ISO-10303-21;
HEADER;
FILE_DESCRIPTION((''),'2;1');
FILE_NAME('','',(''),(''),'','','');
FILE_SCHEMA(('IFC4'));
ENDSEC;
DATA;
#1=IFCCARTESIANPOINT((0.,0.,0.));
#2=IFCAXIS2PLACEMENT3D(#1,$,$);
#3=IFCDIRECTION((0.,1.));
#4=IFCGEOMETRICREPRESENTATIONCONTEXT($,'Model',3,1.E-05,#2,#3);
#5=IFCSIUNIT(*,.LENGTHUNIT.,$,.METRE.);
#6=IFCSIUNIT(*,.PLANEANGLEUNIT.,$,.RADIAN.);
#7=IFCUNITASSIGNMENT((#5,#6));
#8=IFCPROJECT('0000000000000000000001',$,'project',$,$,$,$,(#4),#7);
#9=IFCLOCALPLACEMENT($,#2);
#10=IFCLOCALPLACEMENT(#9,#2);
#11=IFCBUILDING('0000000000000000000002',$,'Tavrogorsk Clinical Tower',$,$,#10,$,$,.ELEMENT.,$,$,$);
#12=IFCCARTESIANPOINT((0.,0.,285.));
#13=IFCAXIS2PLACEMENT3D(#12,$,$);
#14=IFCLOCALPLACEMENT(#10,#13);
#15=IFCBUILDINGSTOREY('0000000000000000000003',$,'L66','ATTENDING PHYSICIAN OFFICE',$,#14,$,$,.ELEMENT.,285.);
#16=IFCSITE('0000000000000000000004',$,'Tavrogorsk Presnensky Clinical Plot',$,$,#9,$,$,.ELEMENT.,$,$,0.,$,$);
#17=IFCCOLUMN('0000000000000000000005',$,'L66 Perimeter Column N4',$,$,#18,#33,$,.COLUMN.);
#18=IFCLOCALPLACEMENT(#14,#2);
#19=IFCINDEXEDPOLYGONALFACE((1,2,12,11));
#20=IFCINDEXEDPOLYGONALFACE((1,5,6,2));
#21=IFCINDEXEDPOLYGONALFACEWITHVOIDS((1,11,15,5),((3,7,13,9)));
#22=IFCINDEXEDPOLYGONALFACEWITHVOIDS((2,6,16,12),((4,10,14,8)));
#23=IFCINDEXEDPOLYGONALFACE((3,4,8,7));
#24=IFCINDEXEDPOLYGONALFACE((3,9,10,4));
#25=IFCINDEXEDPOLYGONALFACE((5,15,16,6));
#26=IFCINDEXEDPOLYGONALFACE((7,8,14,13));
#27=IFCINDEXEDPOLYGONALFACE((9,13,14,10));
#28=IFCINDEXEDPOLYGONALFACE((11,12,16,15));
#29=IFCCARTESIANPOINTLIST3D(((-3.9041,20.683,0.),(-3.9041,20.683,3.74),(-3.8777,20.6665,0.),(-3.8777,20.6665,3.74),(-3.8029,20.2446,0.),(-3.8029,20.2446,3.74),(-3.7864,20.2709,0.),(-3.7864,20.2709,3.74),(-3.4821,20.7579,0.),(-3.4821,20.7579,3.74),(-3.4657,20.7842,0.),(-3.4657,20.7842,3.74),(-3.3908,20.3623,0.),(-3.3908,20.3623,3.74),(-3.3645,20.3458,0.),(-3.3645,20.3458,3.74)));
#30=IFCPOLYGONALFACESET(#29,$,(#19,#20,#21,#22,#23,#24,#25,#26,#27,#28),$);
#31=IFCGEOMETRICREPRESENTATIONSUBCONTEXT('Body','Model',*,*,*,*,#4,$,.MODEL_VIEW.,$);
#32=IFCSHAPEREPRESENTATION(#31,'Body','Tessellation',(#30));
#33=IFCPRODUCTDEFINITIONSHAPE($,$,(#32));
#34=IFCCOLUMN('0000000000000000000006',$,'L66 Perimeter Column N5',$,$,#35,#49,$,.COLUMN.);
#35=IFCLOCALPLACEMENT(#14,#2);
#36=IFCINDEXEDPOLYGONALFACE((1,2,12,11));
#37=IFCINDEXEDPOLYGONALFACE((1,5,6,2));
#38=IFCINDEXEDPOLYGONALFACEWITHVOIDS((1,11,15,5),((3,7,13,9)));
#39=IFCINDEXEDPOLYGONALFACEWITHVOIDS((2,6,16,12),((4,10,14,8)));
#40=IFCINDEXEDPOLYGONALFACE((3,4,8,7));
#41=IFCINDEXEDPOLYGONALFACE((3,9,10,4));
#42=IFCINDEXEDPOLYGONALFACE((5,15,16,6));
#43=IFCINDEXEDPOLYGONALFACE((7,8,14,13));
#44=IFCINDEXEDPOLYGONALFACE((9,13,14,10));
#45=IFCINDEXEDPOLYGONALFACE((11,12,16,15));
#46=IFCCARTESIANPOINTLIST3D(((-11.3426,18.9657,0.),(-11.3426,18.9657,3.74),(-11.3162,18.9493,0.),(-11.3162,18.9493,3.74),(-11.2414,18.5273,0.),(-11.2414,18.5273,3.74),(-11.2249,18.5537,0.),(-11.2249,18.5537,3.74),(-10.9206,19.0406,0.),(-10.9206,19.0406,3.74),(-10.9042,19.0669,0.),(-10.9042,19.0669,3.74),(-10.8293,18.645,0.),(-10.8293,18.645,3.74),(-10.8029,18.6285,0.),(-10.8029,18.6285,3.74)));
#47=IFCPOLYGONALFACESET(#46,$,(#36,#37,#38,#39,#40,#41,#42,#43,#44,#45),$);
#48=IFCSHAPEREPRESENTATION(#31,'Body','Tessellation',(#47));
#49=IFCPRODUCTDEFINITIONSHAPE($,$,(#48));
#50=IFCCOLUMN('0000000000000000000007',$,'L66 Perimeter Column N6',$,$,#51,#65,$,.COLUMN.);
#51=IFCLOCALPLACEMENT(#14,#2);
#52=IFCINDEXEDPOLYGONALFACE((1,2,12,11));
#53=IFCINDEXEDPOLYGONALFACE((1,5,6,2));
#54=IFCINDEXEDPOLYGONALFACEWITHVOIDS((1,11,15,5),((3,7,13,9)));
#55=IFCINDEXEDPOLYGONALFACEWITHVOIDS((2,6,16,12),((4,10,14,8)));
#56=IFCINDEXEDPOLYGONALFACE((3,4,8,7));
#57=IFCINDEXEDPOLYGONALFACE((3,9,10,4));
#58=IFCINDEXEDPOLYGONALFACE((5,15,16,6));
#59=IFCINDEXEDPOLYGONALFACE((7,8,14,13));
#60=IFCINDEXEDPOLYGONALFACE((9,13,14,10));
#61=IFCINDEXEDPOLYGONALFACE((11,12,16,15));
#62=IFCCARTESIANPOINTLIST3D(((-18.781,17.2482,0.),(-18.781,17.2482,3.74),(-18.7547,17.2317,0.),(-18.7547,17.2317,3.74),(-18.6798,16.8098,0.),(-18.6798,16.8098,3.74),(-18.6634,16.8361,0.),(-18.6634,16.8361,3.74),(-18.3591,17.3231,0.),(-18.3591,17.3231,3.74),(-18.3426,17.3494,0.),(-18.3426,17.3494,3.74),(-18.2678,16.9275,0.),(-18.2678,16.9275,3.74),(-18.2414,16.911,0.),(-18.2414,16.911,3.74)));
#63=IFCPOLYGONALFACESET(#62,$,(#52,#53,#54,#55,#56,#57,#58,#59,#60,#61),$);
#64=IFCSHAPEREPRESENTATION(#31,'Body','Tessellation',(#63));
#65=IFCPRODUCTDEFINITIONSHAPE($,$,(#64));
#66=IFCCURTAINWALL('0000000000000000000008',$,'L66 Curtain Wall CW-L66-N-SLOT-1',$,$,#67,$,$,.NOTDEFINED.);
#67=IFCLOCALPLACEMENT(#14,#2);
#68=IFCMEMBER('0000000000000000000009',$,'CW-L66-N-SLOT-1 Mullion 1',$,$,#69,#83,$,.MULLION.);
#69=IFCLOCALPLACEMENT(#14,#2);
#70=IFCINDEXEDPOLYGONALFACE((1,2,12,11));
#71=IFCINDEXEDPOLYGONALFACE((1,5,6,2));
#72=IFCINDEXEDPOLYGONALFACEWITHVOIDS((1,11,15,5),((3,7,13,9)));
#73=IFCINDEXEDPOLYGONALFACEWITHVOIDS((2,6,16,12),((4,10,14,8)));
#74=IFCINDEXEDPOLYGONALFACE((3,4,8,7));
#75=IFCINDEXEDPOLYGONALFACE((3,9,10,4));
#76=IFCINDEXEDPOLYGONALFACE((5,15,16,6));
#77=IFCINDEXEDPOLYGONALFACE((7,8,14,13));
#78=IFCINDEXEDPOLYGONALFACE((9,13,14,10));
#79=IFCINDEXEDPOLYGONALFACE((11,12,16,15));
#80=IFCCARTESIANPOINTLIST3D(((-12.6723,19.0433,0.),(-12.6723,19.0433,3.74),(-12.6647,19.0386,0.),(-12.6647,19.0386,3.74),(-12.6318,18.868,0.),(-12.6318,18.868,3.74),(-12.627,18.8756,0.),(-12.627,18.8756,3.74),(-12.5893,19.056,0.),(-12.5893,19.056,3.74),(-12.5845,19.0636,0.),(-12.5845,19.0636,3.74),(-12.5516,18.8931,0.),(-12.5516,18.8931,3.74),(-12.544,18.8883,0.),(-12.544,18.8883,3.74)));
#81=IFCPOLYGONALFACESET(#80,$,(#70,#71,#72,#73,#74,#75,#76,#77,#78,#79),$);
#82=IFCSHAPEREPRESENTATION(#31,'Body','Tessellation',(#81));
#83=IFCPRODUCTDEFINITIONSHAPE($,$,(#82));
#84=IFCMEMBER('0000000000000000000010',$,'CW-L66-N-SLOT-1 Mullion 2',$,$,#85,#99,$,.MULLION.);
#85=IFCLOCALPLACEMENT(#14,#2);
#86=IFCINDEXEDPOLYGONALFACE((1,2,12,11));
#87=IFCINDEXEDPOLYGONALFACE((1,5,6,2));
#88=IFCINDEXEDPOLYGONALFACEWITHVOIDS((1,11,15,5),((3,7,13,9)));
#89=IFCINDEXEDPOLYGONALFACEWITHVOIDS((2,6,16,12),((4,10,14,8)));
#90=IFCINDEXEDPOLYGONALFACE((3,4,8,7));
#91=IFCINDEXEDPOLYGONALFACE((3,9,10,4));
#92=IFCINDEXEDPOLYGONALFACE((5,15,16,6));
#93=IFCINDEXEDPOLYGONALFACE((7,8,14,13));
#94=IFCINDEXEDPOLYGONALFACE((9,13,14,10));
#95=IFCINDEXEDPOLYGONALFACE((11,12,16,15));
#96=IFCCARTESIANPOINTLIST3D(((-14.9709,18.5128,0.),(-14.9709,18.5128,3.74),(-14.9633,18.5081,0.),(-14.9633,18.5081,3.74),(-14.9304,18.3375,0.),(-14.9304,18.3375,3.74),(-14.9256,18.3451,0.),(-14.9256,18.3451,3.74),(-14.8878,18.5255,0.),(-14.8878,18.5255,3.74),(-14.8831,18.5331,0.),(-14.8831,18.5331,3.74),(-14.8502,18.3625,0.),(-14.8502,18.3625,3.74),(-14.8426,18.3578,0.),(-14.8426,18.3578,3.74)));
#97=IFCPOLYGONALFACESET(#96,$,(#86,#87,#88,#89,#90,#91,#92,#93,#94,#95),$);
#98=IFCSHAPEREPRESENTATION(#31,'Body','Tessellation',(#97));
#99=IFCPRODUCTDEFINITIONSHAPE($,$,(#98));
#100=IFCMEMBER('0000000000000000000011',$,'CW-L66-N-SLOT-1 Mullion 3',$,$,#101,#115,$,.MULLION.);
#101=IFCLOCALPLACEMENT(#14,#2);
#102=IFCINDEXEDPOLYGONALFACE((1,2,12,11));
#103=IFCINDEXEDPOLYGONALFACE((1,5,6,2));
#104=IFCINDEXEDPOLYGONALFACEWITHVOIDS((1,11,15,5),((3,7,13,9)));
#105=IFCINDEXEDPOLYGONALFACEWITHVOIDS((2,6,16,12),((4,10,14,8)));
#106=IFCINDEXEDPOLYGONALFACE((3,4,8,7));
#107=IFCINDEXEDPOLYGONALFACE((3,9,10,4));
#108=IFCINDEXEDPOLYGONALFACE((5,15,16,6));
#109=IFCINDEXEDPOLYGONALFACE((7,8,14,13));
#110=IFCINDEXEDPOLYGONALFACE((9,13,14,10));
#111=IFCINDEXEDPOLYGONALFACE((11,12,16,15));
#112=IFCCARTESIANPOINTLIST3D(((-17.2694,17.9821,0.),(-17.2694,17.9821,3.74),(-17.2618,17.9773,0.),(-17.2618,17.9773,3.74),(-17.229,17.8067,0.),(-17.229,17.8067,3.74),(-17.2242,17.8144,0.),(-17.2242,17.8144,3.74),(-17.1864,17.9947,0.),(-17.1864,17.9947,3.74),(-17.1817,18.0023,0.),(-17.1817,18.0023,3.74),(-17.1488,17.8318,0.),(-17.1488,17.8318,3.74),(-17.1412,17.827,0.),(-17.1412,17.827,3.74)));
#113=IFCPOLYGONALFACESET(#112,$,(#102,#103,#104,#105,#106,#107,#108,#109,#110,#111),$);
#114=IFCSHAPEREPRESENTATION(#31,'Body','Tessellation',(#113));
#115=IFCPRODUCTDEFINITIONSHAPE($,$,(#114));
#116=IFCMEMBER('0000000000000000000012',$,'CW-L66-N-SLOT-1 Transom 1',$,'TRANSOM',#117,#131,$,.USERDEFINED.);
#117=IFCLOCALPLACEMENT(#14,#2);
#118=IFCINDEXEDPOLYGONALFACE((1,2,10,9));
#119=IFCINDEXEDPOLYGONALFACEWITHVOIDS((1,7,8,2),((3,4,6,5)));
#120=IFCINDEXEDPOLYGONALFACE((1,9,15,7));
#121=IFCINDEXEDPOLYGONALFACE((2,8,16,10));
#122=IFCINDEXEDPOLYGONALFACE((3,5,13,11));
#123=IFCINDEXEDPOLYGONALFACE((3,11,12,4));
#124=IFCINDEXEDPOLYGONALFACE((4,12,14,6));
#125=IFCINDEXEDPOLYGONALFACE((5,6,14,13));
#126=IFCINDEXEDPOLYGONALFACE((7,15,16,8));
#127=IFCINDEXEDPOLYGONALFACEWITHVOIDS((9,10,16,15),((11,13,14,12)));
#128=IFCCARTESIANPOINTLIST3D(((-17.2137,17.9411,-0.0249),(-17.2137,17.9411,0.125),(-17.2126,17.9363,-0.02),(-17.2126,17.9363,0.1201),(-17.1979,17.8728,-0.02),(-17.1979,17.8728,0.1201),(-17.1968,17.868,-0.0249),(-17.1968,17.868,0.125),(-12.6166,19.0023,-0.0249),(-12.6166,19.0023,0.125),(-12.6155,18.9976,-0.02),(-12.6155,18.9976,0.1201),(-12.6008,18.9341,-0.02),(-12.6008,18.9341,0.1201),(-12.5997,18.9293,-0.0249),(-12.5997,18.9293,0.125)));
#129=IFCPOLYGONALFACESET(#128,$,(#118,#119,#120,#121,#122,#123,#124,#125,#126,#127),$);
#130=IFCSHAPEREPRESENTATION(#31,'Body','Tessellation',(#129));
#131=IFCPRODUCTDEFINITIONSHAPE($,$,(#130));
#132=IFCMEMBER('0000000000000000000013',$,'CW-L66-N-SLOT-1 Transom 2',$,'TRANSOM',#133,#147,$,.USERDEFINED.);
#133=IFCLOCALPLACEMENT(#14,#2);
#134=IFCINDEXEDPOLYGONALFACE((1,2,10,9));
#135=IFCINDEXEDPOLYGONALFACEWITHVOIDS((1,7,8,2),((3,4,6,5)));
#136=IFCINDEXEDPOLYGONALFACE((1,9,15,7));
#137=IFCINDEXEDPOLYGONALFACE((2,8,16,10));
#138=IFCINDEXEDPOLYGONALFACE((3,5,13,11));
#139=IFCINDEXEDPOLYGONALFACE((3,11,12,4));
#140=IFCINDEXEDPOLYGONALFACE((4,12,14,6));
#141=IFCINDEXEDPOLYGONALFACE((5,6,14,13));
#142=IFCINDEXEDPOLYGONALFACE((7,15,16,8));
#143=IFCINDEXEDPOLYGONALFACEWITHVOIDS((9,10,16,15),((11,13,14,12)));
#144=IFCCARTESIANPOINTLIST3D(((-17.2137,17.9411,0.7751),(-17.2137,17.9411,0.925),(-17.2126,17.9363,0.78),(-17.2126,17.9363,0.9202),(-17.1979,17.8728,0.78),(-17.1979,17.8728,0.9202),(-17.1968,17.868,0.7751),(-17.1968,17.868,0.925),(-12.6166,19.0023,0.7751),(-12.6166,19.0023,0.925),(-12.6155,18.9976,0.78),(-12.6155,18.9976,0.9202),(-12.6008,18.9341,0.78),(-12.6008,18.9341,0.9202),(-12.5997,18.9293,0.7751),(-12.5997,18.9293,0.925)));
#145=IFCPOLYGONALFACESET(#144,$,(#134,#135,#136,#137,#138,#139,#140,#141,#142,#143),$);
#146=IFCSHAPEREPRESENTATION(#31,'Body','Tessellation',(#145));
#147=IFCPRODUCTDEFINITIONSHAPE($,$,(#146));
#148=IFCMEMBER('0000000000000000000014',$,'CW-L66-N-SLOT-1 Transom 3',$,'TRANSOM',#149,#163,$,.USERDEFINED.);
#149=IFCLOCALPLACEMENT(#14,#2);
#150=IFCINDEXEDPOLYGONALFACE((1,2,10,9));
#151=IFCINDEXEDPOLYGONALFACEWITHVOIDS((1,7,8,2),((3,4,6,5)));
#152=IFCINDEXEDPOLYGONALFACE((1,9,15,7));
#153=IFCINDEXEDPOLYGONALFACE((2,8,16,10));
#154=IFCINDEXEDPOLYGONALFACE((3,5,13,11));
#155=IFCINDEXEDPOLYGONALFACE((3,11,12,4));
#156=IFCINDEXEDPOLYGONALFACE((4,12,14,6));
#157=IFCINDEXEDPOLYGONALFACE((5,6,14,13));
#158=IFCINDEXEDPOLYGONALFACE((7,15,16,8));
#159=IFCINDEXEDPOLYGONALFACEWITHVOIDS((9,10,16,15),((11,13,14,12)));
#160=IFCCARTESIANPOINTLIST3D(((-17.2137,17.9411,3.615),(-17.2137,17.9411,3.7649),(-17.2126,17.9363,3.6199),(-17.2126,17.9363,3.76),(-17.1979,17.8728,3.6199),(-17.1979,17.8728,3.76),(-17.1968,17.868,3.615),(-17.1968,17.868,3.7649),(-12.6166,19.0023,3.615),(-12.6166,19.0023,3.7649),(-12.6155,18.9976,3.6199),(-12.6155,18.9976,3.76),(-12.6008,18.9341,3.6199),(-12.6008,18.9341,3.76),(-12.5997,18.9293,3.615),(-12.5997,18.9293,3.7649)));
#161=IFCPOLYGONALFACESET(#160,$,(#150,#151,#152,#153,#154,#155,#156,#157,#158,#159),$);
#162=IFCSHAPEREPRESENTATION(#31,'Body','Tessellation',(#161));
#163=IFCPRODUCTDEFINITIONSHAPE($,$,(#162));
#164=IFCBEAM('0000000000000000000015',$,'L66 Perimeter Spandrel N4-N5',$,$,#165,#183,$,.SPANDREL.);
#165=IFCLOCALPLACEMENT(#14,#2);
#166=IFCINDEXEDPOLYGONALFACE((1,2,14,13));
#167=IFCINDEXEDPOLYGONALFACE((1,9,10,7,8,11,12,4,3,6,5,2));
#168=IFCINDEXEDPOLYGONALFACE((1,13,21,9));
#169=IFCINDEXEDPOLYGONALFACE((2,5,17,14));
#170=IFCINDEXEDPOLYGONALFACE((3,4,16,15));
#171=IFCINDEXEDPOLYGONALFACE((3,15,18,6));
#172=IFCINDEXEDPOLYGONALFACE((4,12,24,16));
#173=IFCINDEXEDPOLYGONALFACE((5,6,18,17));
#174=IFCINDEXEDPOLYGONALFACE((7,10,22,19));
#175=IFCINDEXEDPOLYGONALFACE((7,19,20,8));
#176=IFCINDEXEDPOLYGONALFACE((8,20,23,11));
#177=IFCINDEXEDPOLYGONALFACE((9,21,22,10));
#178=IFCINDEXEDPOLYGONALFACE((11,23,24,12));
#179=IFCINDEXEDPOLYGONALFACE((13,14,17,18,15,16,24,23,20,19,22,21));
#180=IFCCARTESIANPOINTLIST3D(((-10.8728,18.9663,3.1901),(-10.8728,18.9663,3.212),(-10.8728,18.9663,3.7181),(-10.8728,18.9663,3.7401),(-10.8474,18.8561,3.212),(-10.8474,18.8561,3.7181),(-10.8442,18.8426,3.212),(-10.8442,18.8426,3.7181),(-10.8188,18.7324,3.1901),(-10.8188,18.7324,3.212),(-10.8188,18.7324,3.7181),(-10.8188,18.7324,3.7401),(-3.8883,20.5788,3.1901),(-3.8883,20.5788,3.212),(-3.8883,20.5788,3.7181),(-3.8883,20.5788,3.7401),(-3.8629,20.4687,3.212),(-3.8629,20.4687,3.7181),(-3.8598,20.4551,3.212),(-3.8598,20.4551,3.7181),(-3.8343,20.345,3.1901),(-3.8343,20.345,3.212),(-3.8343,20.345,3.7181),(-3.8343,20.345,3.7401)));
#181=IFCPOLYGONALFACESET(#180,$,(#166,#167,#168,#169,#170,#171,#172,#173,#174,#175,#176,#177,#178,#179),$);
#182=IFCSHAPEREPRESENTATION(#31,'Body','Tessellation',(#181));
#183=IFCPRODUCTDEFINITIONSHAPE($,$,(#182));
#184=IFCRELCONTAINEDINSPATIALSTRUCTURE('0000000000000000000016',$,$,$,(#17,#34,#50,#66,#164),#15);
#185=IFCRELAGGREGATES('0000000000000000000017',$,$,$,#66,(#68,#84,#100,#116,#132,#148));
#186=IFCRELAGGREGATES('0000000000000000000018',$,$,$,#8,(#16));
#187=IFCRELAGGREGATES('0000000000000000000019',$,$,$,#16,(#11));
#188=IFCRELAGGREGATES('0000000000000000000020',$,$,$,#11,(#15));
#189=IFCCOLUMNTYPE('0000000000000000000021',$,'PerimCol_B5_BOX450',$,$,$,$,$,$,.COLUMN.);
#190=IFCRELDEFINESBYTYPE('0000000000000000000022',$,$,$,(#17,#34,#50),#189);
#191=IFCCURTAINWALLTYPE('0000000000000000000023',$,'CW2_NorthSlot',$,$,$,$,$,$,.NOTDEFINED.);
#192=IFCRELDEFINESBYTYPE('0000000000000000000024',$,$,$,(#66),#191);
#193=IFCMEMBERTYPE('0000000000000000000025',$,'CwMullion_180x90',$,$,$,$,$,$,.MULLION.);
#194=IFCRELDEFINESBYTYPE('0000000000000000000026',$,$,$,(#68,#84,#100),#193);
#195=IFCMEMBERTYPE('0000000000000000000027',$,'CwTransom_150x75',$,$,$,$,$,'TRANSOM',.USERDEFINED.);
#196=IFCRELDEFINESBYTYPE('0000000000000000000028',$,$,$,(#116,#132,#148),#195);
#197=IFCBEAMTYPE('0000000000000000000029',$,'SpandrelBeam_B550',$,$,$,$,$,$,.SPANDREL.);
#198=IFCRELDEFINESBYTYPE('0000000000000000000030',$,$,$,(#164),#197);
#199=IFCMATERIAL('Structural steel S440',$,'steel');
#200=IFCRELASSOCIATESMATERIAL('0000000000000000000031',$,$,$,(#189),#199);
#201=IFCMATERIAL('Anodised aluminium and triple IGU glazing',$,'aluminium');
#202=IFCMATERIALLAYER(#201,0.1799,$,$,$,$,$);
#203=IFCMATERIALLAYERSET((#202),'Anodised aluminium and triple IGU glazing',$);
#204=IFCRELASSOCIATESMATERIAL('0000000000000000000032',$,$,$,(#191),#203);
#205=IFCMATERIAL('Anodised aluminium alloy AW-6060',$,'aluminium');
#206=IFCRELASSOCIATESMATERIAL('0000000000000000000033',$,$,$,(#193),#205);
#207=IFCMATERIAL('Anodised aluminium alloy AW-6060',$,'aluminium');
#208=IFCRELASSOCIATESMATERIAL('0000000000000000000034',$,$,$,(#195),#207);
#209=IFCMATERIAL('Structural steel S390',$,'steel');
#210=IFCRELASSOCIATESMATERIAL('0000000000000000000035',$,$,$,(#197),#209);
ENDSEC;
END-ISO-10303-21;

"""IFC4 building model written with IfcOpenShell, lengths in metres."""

from ifc_helpers import new_model, si_unit, direction, frame, origin, origin_2d, place, context, subcontext, project, spatial, hollow_rectangle, i_section, extrude, material, layer, layer_set, material_profile, profile_set, type_object, element, aggregate, save


model = new_model("IFC4")

# Units and contexts
model_context = context("Model", 3, precision=1e-05, world=origin(), true_north=direction((0.0, 1.0)))
body_context = subcontext(model_context, "Body", "Model", "MODEL_VIEW")
ifc_project = project(units=[si_unit("LENGTHUNIT", "METRE"), si_unit("PLANEANGLEUNIT", "RADIAN")], contexts=[model_context])

# Site, building, storey
site_placement = place(None, origin())
site = spatial("IfcSite", under=ifc_project, at=site_placement, Name="Tavrogorsk Presnensky Clinical Plot", CompositionType="ELEMENT", RefElevation=0.0)
building_placement = place(site_placement, origin())
building = spatial("IfcBuilding", under=site, at=building_placement, Name="Tavrogorsk Clinical Tower", CompositionType="ELEMENT")
storey_placement = place(building_placement, frame((0.0, 0.0, 285.0)))
storey = spatial("IfcBuildingStorey", under=building, at=storey_placement, Name="L66", Description="ATTENDING PHYSICIAN OFFICE", CompositionType="ELEMENT", Elevation=285.0)

# Columns
ifc_material_1 = material(Name="Structural steel S440", Category="steel")
ifc_material_profile_1 = material_profile(ifc_material_1, hollow_rectangle(XDim=0.45, YDim=0.45, WallThickness=0.022, at=origin_2d()), Name="BOX-450x450x22")
ifc_profile_set_1 = profile_set([ifc_material_profile_1], Name="Structural steel S440")
column_type = type_object("IfcColumnType", Name="PerimCol_B5_BOX450", PredefinedType="COLUMN", material=ifc_profile_set_1)
for number, where, z_axis, x_axis, name in (
    (1, (-3.6343, 20.5144, 0.0), (0.0, 0.0, 1.0), (0.97437, 0.224951, 0.0), "L66 Perimeter Column N4"),
    (2, (-11.0728, 18.7971, 0.0), (0.0, 0.0, 1.0), (0.97437, 0.224951, 0.0), "L66 Perimeter Column N5"),
    (3, (-18.5112, 17.0796, 0.0), (0.0, 0.0, 1.0), (0.97437, 0.224951, 0.0), "L66 Perimeter Column N6"),
):
    element("IfcColumn", number, at=place(storey_placement, frame(where, z_axis=z_axis, x_axis=x_axis)), inside=storey, type_object=column_type, Name=name, PredefinedType="COLUMN", context=body_context, shape_type="SweptSolid", body=[
        extrude(hollow_rectangle(XDim=0.45, YDim=0.45, WallThickness=0.022, at=origin_2d()), origin(), (0.0, 0.0, 1.0), 3.74),
    ])

# Curtain wall, members
ifc_material_2 = material(Name="Anodised aluminium and triple IGU glazing", Category="aluminium")
ifc_layer_1 = layer(ifc_material_2, 0.1799)
ifc_layer_set_1 = layer_set([ifc_layer_1], Name="Anodised aluminium and triple IGU glazing")
curtain_wall_type = type_object("IfcCurtainWallType", Name="CW2_NorthSlot", PredefinedType="NOTDEFINED", material=ifc_layer_set_1)
curtain_wall_placement = place(storey_placement, origin())
curtain_wall = element("IfcCurtainWall", 4, at=curtain_wall_placement, inside=storey, type_object=curtain_wall_type, Name="L66 Curtain Wall CW-L66-N-SLOT-1", PredefinedType="NOTDEFINED")
ifc_material_3 = material(Name="Anodised aluminium alloy AW-6060", Category="aluminium")
ifc_material_profile_2 = material_profile(ifc_material_3, hollow_rectangle(XDim=0.0901, YDim=0.1799, WallThickness=0.0063, at=origin_2d()), Name="RHS-180x90x6.3")
ifc_profile_set_2 = profile_set([ifc_material_profile_2], Name="Anodised aluminium alloy AW-6060")
member_type_1 = type_object("IfcMemberType", Name="CwMullion_180x90", PredefinedType="MULLION", material=ifc_profile_set_2)
member_1_placement = place(storey_placement, frame((-12.6082, 18.9658, 0.0), z_axis=(0.0, 0.0, 1.0), x_axis=(-0.97437, -0.224951, 0.0)))
member_1 = element("IfcMember", 5, at=member_1_placement, type_object=member_type_1, Name="CW-L66-N-SLOT-1 Mullion 1", PredefinedType="MULLION", context=body_context, shape_type="SweptSolid", body=[
    extrude(hollow_rectangle(XDim=0.0901, YDim=0.1799, WallThickness=0.0063, at=origin_2d()), origin(), (0.0, 0.0, 1.0), 3.74),
])
member_2_placement = place(storey_placement, frame((-14.9067, 18.4353, 0.0), z_axis=(0.0, 0.0, 1.0), x_axis=(-0.97437, -0.224951, 0.0)))
member_2 = element("IfcMember", 6, at=member_2_placement, type_object=member_type_1, Name="CW-L66-N-SLOT-1 Mullion 2", PredefinedType="MULLION", context=body_context, shape_type="SweptSolid", body=[
    extrude(hollow_rectangle(XDim=0.0901, YDim=0.1799, WallThickness=0.0063, at=origin_2d()), origin(), (0.0, 0.0, 1.0), 3.74),
])
member_3_placement = place(storey_placement, frame((-17.2053, 17.9045, 0.0), z_axis=(0.0, 0.0, 1.0), x_axis=(-0.97437, -0.224951, 0.0)))
member_3 = element("IfcMember", 7, at=member_3_placement, type_object=member_type_1, Name="CW-L66-N-SLOT-1 Mullion 3", PredefinedType="MULLION", context=body_context, shape_type="SweptSolid", body=[
    extrude(hollow_rectangle(XDim=0.0901, YDim=0.1799, WallThickness=0.0063, at=origin_2d()), origin(), (0.0, 0.0, 1.0), 3.74),
])
ifc_material_4 = material(Name="Anodised aluminium alloy AW-6060", Category="aluminium")
ifc_material_profile_3 = material_profile(ifc_material_4, hollow_rectangle(XDim=0.075, YDim=0.1499, WallThickness=0.0049, at=origin_2d()), Name="RHS-150x75x5")
ifc_profile_set_3 = profile_set([ifc_material_profile_3], Name="Anodised aluminium alloy AW-6060")
member_type_2 = type_object("IfcMemberType", Name="CwTransom_150x75", ElementType="TRANSOM", PredefinedType="USERDEFINED", material=ifc_profile_set_3)
member_4_placement = place(storey_placement, frame((-12.6082, 18.9658, 0.05), z_axis=(-0.974373, -0.224939, 0.0), x_axis=(0.224939, -0.974373, 0.0)))
member_4 = element("IfcMember", 8, at=member_4_placement, type_object=member_type_2, Name="CW-L66-N-SLOT-1 Transom 1", ObjectType="TRANSOM", PredefinedType="USERDEFINED", context=body_context, shape_type="SweptSolid", body=[
    extrude(hollow_rectangle(XDim=0.075, YDim=0.1499, WallThickness=0.0049, at=origin_2d()), origin(), (0.0, 0.0, 1.0), 4.718),
])
member_5_placement = place(storey_placement, frame((-12.6082, 18.9658, 0.8501), z_axis=(-0.974373, -0.224939, 0.0), x_axis=(0.224939, -0.974373, 0.0)))
member_5 = element("IfcMember", 9, at=member_5_placement, type_object=member_type_2, Name="CW-L66-N-SLOT-1 Transom 2", ObjectType="TRANSOM", PredefinedType="USERDEFINED", context=body_context, shape_type="SweptSolid", body=[
    extrude(hollow_rectangle(XDim=0.075, YDim=0.1499, WallThickness=0.0049, at=origin_2d()), origin(), (0.0, 0.0, 1.0), 4.718),
])
member_6_placement = place(storey_placement, frame((-12.6082, 18.9658, 3.6899), z_axis=(-0.974373, -0.224939, 0.0), x_axis=(0.224939, -0.974373, 0.0)))
member_6 = element("IfcMember", 10, at=member_6_placement, type_object=member_type_2, Name="CW-L66-N-SLOT-1 Transom 3", ObjectType="TRANSOM", PredefinedType="USERDEFINED", context=body_context, shape_type="SweptSolid", body=[
    extrude(hollow_rectangle(XDim=0.075, YDim=0.1499, WallThickness=0.0049, at=origin_2d()), origin(), (0.0, 0.0, 1.0), 4.718),
])

# Beam
ifc_material_5 = material(Name="Structural steel S390", Category="steel")
ifc_material_profile_4 = material_profile(ifc_material_5, i_section(OverallWidth=0.24, OverallDepth=0.55, WebThickness=0.0139, FlangeThickness=0.022, at=origin_2d()), Name="B-550x240x14x22")
ifc_profile_set_4 = profile_set([ifc_material_profile_4], Name="Structural steel S390")
beam_type = type_object("IfcBeamType", Name="SpandrelBeam_B550", PredefinedType="SPANDREL", material=ifc_profile_set_4)
for number, where, z_axis, x_axis, name in (
    (11, (-3.8613, 20.4619, 3.4651), (-0.974368, -0.224961, 0.0), (0.224961, -0.974368, 0.0), "L66 Perimeter Spandrel N4-N5"),
):
    element("IfcBeam", number, at=place(storey_placement, frame(where, z_axis=z_axis, x_axis=x_axis)), inside=storey, type_object=beam_type, Name=name, PredefinedType="SPANDREL", context=body_context, shape_type="SweptSolid", body=[
        extrude(i_section(OverallWidth=0.24, OverallDepth=0.55, WebThickness=0.0139, FlangeThickness=0.022, at=origin_2d()), origin(), (0.0, 0.0, 1.0), 7.1682),
    ])

aggregate(curtain_wall, [member_1, member_2, member_3, member_4, member_5, member_6])

save(model, "model.ifc")
